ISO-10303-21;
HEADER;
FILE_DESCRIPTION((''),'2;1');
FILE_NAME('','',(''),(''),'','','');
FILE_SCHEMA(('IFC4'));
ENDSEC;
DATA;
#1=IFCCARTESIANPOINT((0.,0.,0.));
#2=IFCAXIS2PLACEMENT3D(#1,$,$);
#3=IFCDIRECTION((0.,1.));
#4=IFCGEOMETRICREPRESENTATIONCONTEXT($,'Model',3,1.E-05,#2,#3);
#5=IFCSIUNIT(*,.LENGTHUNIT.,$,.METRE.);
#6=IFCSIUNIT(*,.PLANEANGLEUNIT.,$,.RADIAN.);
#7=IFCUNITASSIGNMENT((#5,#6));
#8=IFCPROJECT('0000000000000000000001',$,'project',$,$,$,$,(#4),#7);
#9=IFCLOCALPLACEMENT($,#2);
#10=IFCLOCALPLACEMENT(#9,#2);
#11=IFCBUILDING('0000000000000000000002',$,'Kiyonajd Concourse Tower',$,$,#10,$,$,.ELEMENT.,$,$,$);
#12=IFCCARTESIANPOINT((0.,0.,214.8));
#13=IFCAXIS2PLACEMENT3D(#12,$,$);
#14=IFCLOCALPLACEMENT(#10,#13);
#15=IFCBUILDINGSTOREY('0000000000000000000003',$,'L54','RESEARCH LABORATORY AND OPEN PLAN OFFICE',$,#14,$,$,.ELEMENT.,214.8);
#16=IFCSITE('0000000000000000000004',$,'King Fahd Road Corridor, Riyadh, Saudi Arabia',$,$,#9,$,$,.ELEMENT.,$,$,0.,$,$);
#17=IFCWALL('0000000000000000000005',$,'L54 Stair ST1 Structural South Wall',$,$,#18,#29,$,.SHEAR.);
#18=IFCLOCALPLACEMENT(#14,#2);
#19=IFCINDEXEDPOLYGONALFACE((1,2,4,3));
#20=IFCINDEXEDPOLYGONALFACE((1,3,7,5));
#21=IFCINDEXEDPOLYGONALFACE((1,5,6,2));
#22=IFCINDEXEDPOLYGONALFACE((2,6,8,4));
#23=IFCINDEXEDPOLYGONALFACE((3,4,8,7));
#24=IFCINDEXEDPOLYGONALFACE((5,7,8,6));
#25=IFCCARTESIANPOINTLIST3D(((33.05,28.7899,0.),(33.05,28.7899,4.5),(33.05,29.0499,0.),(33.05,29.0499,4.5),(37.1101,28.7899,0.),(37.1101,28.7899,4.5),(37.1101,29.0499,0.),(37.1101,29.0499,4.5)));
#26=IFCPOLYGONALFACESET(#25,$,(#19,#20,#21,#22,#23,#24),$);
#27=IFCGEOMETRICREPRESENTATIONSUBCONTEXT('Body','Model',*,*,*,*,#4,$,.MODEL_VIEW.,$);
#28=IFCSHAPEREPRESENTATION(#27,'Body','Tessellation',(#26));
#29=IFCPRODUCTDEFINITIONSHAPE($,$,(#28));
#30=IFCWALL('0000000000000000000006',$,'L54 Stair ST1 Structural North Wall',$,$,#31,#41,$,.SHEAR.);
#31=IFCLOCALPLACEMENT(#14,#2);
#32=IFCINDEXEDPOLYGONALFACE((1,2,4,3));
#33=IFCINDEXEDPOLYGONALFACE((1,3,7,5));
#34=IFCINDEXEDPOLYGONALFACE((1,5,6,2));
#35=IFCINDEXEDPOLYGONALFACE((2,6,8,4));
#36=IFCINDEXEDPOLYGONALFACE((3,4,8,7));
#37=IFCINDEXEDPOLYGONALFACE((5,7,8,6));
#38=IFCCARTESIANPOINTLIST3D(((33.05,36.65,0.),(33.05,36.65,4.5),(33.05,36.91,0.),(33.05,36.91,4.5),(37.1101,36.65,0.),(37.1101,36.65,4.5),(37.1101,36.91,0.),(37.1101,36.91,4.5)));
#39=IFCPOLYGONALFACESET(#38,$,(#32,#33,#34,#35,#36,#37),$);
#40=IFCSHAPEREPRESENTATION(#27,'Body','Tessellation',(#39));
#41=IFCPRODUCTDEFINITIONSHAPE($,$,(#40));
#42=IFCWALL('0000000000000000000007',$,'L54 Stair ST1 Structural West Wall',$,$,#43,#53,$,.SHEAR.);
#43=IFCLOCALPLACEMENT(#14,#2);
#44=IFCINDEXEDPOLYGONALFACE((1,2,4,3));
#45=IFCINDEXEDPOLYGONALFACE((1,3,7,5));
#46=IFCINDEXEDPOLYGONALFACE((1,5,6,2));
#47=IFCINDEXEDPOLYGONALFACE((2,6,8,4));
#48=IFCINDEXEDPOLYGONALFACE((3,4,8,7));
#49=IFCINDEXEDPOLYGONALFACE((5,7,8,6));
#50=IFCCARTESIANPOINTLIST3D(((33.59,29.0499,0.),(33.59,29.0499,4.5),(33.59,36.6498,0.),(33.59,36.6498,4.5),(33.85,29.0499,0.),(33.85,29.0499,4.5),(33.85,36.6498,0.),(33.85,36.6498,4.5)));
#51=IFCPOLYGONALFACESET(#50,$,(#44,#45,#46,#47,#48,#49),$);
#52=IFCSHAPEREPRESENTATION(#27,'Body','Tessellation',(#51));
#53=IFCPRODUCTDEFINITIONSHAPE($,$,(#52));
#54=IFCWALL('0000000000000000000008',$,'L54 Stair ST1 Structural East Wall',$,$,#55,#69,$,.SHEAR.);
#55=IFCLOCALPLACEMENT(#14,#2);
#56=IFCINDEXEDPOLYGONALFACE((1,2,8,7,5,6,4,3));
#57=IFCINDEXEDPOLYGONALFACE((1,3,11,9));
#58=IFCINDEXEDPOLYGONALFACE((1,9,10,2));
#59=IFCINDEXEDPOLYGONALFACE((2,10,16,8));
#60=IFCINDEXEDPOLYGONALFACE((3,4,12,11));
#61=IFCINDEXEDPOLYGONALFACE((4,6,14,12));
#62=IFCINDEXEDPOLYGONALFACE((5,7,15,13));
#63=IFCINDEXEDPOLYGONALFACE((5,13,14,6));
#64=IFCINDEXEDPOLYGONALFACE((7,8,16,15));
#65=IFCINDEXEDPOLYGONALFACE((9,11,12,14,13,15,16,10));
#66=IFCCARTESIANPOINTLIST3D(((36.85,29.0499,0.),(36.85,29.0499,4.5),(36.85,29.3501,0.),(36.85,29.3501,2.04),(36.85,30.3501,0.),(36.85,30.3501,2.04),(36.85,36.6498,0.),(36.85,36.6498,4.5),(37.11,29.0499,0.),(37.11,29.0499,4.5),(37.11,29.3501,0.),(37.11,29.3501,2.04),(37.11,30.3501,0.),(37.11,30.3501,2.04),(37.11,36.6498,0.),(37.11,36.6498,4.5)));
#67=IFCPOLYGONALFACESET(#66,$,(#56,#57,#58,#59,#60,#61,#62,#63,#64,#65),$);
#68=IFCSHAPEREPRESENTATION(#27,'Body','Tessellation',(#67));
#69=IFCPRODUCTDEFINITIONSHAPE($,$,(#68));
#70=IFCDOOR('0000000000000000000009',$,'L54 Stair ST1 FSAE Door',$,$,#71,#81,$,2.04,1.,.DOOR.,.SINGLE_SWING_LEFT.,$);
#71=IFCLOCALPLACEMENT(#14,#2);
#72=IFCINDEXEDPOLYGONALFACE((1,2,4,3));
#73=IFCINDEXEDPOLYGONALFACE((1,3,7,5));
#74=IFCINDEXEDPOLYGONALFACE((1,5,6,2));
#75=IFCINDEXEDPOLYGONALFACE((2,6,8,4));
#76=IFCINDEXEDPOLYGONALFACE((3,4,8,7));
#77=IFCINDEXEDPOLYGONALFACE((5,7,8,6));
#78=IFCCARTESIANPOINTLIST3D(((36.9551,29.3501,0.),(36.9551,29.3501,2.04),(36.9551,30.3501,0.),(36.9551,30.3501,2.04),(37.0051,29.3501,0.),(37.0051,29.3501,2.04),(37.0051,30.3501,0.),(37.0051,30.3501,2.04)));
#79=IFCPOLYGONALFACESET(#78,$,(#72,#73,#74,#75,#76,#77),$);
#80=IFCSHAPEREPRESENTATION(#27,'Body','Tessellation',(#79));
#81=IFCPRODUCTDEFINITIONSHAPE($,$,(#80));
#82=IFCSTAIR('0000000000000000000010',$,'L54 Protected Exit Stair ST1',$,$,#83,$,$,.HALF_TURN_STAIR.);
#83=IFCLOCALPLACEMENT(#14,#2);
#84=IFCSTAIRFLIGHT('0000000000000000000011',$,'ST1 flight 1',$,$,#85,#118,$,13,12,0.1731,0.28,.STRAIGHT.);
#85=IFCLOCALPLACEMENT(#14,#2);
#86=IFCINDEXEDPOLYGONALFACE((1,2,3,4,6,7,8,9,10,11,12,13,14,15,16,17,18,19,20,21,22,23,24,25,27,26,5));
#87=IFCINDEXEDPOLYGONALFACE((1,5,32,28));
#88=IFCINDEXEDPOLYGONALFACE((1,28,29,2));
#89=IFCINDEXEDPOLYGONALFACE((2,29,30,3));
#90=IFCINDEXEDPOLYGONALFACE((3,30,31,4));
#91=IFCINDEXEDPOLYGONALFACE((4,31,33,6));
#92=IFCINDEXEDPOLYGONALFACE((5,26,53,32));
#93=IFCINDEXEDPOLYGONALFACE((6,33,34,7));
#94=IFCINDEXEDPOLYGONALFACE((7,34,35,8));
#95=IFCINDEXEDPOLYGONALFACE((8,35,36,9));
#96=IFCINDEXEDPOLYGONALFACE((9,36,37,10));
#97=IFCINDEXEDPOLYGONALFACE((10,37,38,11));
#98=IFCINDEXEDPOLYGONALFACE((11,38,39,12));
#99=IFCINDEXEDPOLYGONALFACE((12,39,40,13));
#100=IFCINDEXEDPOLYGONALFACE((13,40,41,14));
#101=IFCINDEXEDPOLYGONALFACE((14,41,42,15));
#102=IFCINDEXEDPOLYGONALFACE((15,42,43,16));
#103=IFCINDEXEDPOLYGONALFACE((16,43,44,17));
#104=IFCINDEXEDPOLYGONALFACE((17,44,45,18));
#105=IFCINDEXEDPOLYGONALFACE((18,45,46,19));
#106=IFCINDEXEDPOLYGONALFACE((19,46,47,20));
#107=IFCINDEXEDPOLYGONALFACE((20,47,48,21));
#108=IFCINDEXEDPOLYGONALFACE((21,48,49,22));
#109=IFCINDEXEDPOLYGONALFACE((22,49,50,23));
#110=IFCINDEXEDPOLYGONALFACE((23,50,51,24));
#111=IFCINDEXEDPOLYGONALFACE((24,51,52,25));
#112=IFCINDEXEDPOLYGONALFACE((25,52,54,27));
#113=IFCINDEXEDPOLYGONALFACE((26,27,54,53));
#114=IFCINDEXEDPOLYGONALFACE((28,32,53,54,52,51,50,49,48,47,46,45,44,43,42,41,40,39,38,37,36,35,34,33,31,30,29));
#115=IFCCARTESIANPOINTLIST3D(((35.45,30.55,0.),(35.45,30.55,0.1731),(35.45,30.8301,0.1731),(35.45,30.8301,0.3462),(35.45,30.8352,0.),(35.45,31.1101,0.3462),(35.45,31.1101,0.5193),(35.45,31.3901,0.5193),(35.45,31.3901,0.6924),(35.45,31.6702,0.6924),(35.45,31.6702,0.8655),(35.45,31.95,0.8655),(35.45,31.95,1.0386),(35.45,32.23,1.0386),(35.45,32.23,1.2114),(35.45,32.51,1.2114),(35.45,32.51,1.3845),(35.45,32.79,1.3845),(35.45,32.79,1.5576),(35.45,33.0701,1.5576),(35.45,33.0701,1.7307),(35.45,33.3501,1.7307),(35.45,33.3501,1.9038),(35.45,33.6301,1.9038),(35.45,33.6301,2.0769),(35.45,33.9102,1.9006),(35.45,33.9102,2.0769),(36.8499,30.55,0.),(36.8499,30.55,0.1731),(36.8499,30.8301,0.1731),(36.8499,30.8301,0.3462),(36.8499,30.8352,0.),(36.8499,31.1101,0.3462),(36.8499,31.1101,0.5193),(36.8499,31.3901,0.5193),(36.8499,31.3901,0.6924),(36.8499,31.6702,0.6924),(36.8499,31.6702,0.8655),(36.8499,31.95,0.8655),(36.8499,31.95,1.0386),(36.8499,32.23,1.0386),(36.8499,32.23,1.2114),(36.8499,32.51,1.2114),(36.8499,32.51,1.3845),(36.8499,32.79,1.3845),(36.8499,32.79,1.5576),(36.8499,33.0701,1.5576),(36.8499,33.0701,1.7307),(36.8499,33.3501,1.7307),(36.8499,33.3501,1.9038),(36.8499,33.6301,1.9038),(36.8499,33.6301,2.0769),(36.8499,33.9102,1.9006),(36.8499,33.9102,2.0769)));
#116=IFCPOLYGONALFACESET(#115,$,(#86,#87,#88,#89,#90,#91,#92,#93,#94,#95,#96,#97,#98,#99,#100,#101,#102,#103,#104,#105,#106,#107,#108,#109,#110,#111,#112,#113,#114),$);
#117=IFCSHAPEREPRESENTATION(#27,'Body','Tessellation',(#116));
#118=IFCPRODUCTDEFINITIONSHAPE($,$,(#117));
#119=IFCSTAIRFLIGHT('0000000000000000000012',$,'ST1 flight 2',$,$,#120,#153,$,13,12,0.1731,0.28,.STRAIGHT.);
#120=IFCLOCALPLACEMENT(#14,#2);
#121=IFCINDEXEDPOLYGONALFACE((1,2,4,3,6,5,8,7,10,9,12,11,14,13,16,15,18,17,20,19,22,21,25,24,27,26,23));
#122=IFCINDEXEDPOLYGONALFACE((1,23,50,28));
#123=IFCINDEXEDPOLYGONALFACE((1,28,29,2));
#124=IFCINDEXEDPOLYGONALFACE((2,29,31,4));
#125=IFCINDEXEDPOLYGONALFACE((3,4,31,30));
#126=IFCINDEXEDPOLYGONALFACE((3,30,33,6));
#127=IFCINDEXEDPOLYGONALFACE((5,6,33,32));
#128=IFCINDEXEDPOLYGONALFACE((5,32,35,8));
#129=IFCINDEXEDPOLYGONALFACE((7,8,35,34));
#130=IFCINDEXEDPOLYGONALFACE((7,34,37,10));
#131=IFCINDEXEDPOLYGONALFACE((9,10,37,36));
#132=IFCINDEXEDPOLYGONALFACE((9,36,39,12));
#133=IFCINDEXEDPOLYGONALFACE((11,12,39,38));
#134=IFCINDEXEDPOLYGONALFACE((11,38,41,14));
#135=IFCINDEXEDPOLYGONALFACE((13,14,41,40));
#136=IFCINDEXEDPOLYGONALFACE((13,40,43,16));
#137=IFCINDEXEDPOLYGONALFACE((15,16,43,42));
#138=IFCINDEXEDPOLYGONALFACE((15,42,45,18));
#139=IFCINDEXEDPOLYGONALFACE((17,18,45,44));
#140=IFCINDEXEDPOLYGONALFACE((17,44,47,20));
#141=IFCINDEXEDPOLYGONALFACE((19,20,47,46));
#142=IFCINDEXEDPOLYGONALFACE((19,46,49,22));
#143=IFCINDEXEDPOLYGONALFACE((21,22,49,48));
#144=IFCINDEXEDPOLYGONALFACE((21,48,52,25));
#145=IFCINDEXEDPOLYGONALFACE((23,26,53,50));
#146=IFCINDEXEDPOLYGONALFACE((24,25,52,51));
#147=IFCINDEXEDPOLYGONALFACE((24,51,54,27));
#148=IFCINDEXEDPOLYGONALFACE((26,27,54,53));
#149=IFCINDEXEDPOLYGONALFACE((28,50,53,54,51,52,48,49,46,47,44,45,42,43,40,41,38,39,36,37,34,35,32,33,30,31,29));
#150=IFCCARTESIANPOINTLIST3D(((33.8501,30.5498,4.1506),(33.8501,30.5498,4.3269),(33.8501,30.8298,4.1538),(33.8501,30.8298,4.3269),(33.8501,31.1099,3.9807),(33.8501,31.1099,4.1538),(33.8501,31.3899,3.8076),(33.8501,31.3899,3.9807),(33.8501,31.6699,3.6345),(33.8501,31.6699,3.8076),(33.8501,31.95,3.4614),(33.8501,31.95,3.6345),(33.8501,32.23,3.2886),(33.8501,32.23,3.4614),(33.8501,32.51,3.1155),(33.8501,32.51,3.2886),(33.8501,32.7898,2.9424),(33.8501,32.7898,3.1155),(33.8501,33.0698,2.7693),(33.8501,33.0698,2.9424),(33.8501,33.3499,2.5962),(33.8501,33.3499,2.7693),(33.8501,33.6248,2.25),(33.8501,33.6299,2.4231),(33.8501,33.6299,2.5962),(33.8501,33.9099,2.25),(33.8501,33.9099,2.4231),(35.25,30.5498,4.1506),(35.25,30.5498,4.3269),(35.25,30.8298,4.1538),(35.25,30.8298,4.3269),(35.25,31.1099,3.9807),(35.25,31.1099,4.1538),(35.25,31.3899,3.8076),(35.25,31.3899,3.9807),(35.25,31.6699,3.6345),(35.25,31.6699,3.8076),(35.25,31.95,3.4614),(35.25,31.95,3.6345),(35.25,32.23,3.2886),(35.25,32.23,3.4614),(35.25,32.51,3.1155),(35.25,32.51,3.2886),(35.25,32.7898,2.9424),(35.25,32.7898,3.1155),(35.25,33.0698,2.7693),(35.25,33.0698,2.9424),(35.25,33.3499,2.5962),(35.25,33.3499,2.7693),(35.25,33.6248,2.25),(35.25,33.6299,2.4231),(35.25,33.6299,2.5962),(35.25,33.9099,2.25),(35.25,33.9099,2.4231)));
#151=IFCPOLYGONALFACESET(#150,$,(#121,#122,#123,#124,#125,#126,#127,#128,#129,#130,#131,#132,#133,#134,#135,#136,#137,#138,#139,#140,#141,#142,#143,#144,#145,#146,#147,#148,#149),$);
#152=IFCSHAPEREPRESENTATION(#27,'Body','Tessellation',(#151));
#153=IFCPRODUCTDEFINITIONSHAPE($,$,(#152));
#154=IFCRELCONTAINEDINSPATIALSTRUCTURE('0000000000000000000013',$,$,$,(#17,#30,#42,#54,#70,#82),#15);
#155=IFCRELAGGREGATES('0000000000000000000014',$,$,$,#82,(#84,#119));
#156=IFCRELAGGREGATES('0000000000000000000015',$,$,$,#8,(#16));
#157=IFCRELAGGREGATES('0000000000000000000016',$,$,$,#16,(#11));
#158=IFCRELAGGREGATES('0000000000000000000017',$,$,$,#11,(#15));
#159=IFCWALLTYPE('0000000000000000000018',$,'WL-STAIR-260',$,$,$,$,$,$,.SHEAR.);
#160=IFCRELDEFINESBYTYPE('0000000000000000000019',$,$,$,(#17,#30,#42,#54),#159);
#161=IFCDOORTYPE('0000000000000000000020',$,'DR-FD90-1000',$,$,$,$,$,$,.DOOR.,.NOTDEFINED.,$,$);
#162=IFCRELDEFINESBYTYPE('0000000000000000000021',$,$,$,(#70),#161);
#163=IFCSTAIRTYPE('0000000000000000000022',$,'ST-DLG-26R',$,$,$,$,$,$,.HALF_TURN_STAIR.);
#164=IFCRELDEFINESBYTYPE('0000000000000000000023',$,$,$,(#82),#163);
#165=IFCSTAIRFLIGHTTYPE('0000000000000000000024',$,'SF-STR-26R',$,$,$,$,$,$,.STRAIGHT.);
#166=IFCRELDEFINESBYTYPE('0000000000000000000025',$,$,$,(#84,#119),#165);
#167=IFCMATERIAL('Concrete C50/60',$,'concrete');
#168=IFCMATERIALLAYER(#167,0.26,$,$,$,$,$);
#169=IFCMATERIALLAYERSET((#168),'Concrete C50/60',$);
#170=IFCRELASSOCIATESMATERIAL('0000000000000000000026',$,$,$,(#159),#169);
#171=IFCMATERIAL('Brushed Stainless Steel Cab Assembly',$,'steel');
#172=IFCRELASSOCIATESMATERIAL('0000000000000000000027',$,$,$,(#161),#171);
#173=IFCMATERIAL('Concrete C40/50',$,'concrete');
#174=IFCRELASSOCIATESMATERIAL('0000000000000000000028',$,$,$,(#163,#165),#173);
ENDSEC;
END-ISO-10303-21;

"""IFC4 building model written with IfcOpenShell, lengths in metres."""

from ifc_helpers import new_model, si_unit, direction, frame, frame_2d, origin, place, context, subcontext, project, spatial, polyline, rectangle, outline, extrude, material, layer, layer_set, type_object, element, fill, aggregate, save


model = new_model("IFC4")

# Units and contexts
model_context = context("Model", 3, precision=1e-05, world=origin(), true_north=direction((0.0, 1.0)))
body_context = subcontext(model_context, "Body", "Model", "MODEL_VIEW")
ifc_project = project(units=[si_unit("LENGTHUNIT", "METRE"), si_unit("PLANEANGLEUNIT", "RADIAN")], contexts=[model_context])

# Site, building, storey
site_placement = place(None, origin())
site = spatial("IfcSite", under=ifc_project, at=site_placement, Name="King Fahd Road Corridor, Riyadh, Saudi Arabia", CompositionType="ELEMENT", RefElevation=0.0)
building_placement = place(site_placement, origin())
building = spatial("IfcBuilding", under=site, at=building_placement, Name="Kiyonajd Concourse Tower", CompositionType="ELEMENT")
storey_placement = place(building_placement, frame((0.0, 0.0, 214.8)))
storey = spatial("IfcBuildingStorey", under=building, at=storey_placement, Name="L54", Description="RESEARCH LABORATORY AND OPEN PLAN OFFICE", CompositionType="ELEMENT", Elevation=214.8)

# Shared definitions
ifc_material_1 = material(Name="Concrete C50/60", Category="concrete")

# Shared definitions
ifc_material_2 = material(Name="Brushed Stainless Steel Cab Assembly", Category="steel")

# Walls
ifc_layer_1 = layer(ifc_material_1, 0.26)
ifc_layer_set_1 = layer_set([ifc_layer_1], Name="Concrete C50/60")
wall_type_1 = type_object("IfcWallType", Name="WL-STAIR-260", PredefinedType="SHEAR", material=ifc_layer_set_1)
for number, where, z_axis, x_axis, name in (
    (1, (33.05, 28.9199, 0.0), (0.0, 0.0, 1.0), (1.0, 0.0, 0.0), "L54 Stair ST1 Structural South Wall"),
    (2, (33.05, 36.78, 0.0), (0.0, 0.0, 1.0), (1.0, 0.0, 0.0), "L54 Stair ST1 Structural North Wall"),
):
    element("IfcWall", number, at=place(storey_placement, frame(where, z_axis=z_axis, x_axis=x_axis)), inside=storey, type_object=wall_type_1, Name=name, PredefinedType="SHEAR", context=body_context, shape_type="SweptSolid", body=[
        extrude(rectangle(XDim=4.0601, YDim=0.26, at=frame_2d((2.03, 0.0))), origin(), (0.0, 0.0, 1.0), 4.5),
    ])
wall_1_placement = place(storey_placement, frame((33.72, 29.05, 0.0), z_axis=(0.0, 0.0, 1.0), x_axis=(0.0, 1.0, 0.0)))
element("IfcWall", 3, at=wall_1_placement, inside=storey, type_object=wall_type_1, Name="L54 Stair ST1 Structural West Wall", PredefinedType="SHEAR", context=body_context, shape_type="SweptSolid", body=[
    extrude(rectangle(XDim=7.5999, YDim=0.26, at=frame_2d((3.7998, 0.0))), origin(), (0.0, 0.0, 1.0), 4.5),
])

# Wall, opening, door
wall_2_placement = place(storey_placement, frame((36.98, 29.05, 0.0), z_axis=(0.0, 0.0, 1.0), x_axis=(0.0, 1.0, 0.0)))
wall_2 = element("IfcWall", 4, at=wall_2_placement, inside=storey, type_object=wall_type_1, Name="L54 Stair ST1 Structural East Wall", PredefinedType="SHEAR", context=body_context, shape_type="SweptSolid", body=[
    extrude(rectangle(XDim=7.5999, YDim=0.26, at=frame_2d((3.7998, 0.0))), origin(), (0.0, 0.0, 1.0), 4.5),
])
opening_1_placement = place(wall_2_placement, frame((0.3, 0.0, 0.0)))
opening_1 = element("IfcOpeningElement", 5, at=opening_1_placement, cuts=wall_2, PredefinedType="OPENING", context=body_context, shape_type="SweptSolid", body=[
    extrude(rectangle(XDim=1.0, YDim=2.04, at=frame_2d((0.5, 1.02))), frame((0.0, 0.1399, 0.0), z_axis=(0.0, -1.0, 0.0), x_axis=(1.0, 0.0, 0.0)), (0.0, 0.0, 1.0), 0.28),
])
door_type_1 = type_object("IfcDoorType", Name="DR-FD90-1000", OperationType="NOTDEFINED", PredefinedType="DOOR", material=ifc_material_2)
door_1_placement = place(opening_1_placement, origin())
door_1 = element("IfcDoor", 6, at=door_1_placement, inside=storey, type_object=door_type_1, Name="L54 Stair ST1 FSAE Door", OperationType="SINGLE_SWING_LEFT", OverallHeight=2.04, OverallWidth=1.0, PredefinedType="DOOR", context=body_context, shape_type="SweptSolid", body=[
    extrude(rectangle(XDim=1.0, YDim=2.04, at=frame_2d((0.5, 1.02))), frame((0.0, 0.0249, 0.0), z_axis=(0.0, -1.0, 0.0), x_axis=(1.0, 0.0, 0.0)), (0.0, 0.0, 1.0), 0.05),
])
fill(opening_1, door_1)

# Stair, stair flights
ifc_material_3 = material(Name="Concrete C40/50", Category="concrete")
stair_type = type_object("IfcStairType", Name="ST-DLG-26R", PredefinedType="HALF_TURN_STAIR", material=ifc_material_3)
stair_placement = place(storey_placement, origin())
stair = element("IfcStair", 7, at=stair_placement, inside=storey, type_object=stair_type, Name="L54 Protected Exit Stair ST1", PredefinedType="HALF_TURN_STAIR")
stair_flight_type = type_object("IfcStairFlightType", Name="SF-STR-26R", PredefinedType="STRAIGHT", material=ifc_material_3)
stair_flight_1_placement = place(storey_placement, frame((36.1499, 30.55, 0.0), z_axis=(0.0, 0.0, 1.0), x_axis=(0.0, 1.0, 0.0)))
stair_flight_1 = element("IfcStairFlight", 8, at=stair_flight_1_placement, type_object=stair_flight_type, Name="ST1 flight 1", NumberOfRisers=13, NumberOfTreads=12, PredefinedType="STRAIGHT", RiserHeight=0.1731, TreadLength=0.28, context=body_context, shape_type="SweptSolid", body=[
    extrude(outline(polyline([(0.0, 0.0), (0.0, 0.1731), (0.28, 0.1731), (0.28, 0.3462), (0.5601, 0.3462), (0.5601, 0.5193), (0.8401, 0.5193), (0.8401, 0.6924), (1.1201, 0.6924), (1.1201, 0.8655), (1.3999, 0.8655), (1.3999, 1.0386), (1.6799, 1.0386), (1.6799, 1.2114), (1.96, 1.2114), (1.96, 1.3845), (2.24, 1.3845), (2.24, 1.5576), (2.52, 1.5576), (2.52, 1.7307), (2.8, 1.7307), (2.8, 1.9038), (3.0801, 1.9038), (3.0801, 2.0769), (3.3601, 2.0769), (3.3601, 2.25), (3.3601, 1.9006), (0.2852, 0.0), (0.0, 0.0)])), frame((0.0, 0.7, 0.0), z_axis=(0.0, -1.0, 0.0), x_axis=(1.0, 0.0, 0.0)), (0.0, 0.0, 1.0), 1.3999),
])
stair_flight_2_placement = place(storey_placement, frame((34.55, 33.9099, 2.25), z_axis=(0.0, 0.0, 1.0), x_axis=(0.0, -1.0, 0.0)))
stair_flight_2 = element("IfcStairFlight", 9, at=stair_flight_2_placement, type_object=stair_flight_type, Name="ST1 flight 2", NumberOfRisers=13, NumberOfTreads=12, PredefinedType="STRAIGHT", RiserHeight=0.1731, TreadLength=0.28, context=body_context, shape_type="SweptSolid", body=[
    extrude(outline(polyline([(0.0, 0.0), (0.0, 0.1731), (0.28, 0.1731), (0.28, 0.3462), (0.5601, 0.3462), (0.5601, 0.5193), (0.8401, 0.5193), (0.8401, 0.6924), (1.1201, 0.6924), (1.1201, 0.8655), (1.3999, 0.8655), (1.3999, 1.0386), (1.6799, 1.0386), (1.6799, 1.2114), (1.96, 1.2114), (1.96, 1.3845), (2.24, 1.3845), (2.24, 1.5576), (2.52, 1.5576), (2.52, 1.7307), (2.8, 1.7307), (2.8, 1.9038), (3.0801, 1.9038), (3.0801, 2.0769), (3.3601, 2.0769), (3.3601, 2.25), (3.3601, 1.9006), (0.2852, 0.0), (0.0, 0.0)])), frame((0.0, 0.7, 0.0), z_axis=(0.0, -1.0, 0.0), x_axis=(1.0, 0.0, 0.0)), (0.0, 0.0, 1.0), 1.3999),
])
aggregate(stair, [stair_flight_1, stair_flight_2])

save(model, "model.ifc")
